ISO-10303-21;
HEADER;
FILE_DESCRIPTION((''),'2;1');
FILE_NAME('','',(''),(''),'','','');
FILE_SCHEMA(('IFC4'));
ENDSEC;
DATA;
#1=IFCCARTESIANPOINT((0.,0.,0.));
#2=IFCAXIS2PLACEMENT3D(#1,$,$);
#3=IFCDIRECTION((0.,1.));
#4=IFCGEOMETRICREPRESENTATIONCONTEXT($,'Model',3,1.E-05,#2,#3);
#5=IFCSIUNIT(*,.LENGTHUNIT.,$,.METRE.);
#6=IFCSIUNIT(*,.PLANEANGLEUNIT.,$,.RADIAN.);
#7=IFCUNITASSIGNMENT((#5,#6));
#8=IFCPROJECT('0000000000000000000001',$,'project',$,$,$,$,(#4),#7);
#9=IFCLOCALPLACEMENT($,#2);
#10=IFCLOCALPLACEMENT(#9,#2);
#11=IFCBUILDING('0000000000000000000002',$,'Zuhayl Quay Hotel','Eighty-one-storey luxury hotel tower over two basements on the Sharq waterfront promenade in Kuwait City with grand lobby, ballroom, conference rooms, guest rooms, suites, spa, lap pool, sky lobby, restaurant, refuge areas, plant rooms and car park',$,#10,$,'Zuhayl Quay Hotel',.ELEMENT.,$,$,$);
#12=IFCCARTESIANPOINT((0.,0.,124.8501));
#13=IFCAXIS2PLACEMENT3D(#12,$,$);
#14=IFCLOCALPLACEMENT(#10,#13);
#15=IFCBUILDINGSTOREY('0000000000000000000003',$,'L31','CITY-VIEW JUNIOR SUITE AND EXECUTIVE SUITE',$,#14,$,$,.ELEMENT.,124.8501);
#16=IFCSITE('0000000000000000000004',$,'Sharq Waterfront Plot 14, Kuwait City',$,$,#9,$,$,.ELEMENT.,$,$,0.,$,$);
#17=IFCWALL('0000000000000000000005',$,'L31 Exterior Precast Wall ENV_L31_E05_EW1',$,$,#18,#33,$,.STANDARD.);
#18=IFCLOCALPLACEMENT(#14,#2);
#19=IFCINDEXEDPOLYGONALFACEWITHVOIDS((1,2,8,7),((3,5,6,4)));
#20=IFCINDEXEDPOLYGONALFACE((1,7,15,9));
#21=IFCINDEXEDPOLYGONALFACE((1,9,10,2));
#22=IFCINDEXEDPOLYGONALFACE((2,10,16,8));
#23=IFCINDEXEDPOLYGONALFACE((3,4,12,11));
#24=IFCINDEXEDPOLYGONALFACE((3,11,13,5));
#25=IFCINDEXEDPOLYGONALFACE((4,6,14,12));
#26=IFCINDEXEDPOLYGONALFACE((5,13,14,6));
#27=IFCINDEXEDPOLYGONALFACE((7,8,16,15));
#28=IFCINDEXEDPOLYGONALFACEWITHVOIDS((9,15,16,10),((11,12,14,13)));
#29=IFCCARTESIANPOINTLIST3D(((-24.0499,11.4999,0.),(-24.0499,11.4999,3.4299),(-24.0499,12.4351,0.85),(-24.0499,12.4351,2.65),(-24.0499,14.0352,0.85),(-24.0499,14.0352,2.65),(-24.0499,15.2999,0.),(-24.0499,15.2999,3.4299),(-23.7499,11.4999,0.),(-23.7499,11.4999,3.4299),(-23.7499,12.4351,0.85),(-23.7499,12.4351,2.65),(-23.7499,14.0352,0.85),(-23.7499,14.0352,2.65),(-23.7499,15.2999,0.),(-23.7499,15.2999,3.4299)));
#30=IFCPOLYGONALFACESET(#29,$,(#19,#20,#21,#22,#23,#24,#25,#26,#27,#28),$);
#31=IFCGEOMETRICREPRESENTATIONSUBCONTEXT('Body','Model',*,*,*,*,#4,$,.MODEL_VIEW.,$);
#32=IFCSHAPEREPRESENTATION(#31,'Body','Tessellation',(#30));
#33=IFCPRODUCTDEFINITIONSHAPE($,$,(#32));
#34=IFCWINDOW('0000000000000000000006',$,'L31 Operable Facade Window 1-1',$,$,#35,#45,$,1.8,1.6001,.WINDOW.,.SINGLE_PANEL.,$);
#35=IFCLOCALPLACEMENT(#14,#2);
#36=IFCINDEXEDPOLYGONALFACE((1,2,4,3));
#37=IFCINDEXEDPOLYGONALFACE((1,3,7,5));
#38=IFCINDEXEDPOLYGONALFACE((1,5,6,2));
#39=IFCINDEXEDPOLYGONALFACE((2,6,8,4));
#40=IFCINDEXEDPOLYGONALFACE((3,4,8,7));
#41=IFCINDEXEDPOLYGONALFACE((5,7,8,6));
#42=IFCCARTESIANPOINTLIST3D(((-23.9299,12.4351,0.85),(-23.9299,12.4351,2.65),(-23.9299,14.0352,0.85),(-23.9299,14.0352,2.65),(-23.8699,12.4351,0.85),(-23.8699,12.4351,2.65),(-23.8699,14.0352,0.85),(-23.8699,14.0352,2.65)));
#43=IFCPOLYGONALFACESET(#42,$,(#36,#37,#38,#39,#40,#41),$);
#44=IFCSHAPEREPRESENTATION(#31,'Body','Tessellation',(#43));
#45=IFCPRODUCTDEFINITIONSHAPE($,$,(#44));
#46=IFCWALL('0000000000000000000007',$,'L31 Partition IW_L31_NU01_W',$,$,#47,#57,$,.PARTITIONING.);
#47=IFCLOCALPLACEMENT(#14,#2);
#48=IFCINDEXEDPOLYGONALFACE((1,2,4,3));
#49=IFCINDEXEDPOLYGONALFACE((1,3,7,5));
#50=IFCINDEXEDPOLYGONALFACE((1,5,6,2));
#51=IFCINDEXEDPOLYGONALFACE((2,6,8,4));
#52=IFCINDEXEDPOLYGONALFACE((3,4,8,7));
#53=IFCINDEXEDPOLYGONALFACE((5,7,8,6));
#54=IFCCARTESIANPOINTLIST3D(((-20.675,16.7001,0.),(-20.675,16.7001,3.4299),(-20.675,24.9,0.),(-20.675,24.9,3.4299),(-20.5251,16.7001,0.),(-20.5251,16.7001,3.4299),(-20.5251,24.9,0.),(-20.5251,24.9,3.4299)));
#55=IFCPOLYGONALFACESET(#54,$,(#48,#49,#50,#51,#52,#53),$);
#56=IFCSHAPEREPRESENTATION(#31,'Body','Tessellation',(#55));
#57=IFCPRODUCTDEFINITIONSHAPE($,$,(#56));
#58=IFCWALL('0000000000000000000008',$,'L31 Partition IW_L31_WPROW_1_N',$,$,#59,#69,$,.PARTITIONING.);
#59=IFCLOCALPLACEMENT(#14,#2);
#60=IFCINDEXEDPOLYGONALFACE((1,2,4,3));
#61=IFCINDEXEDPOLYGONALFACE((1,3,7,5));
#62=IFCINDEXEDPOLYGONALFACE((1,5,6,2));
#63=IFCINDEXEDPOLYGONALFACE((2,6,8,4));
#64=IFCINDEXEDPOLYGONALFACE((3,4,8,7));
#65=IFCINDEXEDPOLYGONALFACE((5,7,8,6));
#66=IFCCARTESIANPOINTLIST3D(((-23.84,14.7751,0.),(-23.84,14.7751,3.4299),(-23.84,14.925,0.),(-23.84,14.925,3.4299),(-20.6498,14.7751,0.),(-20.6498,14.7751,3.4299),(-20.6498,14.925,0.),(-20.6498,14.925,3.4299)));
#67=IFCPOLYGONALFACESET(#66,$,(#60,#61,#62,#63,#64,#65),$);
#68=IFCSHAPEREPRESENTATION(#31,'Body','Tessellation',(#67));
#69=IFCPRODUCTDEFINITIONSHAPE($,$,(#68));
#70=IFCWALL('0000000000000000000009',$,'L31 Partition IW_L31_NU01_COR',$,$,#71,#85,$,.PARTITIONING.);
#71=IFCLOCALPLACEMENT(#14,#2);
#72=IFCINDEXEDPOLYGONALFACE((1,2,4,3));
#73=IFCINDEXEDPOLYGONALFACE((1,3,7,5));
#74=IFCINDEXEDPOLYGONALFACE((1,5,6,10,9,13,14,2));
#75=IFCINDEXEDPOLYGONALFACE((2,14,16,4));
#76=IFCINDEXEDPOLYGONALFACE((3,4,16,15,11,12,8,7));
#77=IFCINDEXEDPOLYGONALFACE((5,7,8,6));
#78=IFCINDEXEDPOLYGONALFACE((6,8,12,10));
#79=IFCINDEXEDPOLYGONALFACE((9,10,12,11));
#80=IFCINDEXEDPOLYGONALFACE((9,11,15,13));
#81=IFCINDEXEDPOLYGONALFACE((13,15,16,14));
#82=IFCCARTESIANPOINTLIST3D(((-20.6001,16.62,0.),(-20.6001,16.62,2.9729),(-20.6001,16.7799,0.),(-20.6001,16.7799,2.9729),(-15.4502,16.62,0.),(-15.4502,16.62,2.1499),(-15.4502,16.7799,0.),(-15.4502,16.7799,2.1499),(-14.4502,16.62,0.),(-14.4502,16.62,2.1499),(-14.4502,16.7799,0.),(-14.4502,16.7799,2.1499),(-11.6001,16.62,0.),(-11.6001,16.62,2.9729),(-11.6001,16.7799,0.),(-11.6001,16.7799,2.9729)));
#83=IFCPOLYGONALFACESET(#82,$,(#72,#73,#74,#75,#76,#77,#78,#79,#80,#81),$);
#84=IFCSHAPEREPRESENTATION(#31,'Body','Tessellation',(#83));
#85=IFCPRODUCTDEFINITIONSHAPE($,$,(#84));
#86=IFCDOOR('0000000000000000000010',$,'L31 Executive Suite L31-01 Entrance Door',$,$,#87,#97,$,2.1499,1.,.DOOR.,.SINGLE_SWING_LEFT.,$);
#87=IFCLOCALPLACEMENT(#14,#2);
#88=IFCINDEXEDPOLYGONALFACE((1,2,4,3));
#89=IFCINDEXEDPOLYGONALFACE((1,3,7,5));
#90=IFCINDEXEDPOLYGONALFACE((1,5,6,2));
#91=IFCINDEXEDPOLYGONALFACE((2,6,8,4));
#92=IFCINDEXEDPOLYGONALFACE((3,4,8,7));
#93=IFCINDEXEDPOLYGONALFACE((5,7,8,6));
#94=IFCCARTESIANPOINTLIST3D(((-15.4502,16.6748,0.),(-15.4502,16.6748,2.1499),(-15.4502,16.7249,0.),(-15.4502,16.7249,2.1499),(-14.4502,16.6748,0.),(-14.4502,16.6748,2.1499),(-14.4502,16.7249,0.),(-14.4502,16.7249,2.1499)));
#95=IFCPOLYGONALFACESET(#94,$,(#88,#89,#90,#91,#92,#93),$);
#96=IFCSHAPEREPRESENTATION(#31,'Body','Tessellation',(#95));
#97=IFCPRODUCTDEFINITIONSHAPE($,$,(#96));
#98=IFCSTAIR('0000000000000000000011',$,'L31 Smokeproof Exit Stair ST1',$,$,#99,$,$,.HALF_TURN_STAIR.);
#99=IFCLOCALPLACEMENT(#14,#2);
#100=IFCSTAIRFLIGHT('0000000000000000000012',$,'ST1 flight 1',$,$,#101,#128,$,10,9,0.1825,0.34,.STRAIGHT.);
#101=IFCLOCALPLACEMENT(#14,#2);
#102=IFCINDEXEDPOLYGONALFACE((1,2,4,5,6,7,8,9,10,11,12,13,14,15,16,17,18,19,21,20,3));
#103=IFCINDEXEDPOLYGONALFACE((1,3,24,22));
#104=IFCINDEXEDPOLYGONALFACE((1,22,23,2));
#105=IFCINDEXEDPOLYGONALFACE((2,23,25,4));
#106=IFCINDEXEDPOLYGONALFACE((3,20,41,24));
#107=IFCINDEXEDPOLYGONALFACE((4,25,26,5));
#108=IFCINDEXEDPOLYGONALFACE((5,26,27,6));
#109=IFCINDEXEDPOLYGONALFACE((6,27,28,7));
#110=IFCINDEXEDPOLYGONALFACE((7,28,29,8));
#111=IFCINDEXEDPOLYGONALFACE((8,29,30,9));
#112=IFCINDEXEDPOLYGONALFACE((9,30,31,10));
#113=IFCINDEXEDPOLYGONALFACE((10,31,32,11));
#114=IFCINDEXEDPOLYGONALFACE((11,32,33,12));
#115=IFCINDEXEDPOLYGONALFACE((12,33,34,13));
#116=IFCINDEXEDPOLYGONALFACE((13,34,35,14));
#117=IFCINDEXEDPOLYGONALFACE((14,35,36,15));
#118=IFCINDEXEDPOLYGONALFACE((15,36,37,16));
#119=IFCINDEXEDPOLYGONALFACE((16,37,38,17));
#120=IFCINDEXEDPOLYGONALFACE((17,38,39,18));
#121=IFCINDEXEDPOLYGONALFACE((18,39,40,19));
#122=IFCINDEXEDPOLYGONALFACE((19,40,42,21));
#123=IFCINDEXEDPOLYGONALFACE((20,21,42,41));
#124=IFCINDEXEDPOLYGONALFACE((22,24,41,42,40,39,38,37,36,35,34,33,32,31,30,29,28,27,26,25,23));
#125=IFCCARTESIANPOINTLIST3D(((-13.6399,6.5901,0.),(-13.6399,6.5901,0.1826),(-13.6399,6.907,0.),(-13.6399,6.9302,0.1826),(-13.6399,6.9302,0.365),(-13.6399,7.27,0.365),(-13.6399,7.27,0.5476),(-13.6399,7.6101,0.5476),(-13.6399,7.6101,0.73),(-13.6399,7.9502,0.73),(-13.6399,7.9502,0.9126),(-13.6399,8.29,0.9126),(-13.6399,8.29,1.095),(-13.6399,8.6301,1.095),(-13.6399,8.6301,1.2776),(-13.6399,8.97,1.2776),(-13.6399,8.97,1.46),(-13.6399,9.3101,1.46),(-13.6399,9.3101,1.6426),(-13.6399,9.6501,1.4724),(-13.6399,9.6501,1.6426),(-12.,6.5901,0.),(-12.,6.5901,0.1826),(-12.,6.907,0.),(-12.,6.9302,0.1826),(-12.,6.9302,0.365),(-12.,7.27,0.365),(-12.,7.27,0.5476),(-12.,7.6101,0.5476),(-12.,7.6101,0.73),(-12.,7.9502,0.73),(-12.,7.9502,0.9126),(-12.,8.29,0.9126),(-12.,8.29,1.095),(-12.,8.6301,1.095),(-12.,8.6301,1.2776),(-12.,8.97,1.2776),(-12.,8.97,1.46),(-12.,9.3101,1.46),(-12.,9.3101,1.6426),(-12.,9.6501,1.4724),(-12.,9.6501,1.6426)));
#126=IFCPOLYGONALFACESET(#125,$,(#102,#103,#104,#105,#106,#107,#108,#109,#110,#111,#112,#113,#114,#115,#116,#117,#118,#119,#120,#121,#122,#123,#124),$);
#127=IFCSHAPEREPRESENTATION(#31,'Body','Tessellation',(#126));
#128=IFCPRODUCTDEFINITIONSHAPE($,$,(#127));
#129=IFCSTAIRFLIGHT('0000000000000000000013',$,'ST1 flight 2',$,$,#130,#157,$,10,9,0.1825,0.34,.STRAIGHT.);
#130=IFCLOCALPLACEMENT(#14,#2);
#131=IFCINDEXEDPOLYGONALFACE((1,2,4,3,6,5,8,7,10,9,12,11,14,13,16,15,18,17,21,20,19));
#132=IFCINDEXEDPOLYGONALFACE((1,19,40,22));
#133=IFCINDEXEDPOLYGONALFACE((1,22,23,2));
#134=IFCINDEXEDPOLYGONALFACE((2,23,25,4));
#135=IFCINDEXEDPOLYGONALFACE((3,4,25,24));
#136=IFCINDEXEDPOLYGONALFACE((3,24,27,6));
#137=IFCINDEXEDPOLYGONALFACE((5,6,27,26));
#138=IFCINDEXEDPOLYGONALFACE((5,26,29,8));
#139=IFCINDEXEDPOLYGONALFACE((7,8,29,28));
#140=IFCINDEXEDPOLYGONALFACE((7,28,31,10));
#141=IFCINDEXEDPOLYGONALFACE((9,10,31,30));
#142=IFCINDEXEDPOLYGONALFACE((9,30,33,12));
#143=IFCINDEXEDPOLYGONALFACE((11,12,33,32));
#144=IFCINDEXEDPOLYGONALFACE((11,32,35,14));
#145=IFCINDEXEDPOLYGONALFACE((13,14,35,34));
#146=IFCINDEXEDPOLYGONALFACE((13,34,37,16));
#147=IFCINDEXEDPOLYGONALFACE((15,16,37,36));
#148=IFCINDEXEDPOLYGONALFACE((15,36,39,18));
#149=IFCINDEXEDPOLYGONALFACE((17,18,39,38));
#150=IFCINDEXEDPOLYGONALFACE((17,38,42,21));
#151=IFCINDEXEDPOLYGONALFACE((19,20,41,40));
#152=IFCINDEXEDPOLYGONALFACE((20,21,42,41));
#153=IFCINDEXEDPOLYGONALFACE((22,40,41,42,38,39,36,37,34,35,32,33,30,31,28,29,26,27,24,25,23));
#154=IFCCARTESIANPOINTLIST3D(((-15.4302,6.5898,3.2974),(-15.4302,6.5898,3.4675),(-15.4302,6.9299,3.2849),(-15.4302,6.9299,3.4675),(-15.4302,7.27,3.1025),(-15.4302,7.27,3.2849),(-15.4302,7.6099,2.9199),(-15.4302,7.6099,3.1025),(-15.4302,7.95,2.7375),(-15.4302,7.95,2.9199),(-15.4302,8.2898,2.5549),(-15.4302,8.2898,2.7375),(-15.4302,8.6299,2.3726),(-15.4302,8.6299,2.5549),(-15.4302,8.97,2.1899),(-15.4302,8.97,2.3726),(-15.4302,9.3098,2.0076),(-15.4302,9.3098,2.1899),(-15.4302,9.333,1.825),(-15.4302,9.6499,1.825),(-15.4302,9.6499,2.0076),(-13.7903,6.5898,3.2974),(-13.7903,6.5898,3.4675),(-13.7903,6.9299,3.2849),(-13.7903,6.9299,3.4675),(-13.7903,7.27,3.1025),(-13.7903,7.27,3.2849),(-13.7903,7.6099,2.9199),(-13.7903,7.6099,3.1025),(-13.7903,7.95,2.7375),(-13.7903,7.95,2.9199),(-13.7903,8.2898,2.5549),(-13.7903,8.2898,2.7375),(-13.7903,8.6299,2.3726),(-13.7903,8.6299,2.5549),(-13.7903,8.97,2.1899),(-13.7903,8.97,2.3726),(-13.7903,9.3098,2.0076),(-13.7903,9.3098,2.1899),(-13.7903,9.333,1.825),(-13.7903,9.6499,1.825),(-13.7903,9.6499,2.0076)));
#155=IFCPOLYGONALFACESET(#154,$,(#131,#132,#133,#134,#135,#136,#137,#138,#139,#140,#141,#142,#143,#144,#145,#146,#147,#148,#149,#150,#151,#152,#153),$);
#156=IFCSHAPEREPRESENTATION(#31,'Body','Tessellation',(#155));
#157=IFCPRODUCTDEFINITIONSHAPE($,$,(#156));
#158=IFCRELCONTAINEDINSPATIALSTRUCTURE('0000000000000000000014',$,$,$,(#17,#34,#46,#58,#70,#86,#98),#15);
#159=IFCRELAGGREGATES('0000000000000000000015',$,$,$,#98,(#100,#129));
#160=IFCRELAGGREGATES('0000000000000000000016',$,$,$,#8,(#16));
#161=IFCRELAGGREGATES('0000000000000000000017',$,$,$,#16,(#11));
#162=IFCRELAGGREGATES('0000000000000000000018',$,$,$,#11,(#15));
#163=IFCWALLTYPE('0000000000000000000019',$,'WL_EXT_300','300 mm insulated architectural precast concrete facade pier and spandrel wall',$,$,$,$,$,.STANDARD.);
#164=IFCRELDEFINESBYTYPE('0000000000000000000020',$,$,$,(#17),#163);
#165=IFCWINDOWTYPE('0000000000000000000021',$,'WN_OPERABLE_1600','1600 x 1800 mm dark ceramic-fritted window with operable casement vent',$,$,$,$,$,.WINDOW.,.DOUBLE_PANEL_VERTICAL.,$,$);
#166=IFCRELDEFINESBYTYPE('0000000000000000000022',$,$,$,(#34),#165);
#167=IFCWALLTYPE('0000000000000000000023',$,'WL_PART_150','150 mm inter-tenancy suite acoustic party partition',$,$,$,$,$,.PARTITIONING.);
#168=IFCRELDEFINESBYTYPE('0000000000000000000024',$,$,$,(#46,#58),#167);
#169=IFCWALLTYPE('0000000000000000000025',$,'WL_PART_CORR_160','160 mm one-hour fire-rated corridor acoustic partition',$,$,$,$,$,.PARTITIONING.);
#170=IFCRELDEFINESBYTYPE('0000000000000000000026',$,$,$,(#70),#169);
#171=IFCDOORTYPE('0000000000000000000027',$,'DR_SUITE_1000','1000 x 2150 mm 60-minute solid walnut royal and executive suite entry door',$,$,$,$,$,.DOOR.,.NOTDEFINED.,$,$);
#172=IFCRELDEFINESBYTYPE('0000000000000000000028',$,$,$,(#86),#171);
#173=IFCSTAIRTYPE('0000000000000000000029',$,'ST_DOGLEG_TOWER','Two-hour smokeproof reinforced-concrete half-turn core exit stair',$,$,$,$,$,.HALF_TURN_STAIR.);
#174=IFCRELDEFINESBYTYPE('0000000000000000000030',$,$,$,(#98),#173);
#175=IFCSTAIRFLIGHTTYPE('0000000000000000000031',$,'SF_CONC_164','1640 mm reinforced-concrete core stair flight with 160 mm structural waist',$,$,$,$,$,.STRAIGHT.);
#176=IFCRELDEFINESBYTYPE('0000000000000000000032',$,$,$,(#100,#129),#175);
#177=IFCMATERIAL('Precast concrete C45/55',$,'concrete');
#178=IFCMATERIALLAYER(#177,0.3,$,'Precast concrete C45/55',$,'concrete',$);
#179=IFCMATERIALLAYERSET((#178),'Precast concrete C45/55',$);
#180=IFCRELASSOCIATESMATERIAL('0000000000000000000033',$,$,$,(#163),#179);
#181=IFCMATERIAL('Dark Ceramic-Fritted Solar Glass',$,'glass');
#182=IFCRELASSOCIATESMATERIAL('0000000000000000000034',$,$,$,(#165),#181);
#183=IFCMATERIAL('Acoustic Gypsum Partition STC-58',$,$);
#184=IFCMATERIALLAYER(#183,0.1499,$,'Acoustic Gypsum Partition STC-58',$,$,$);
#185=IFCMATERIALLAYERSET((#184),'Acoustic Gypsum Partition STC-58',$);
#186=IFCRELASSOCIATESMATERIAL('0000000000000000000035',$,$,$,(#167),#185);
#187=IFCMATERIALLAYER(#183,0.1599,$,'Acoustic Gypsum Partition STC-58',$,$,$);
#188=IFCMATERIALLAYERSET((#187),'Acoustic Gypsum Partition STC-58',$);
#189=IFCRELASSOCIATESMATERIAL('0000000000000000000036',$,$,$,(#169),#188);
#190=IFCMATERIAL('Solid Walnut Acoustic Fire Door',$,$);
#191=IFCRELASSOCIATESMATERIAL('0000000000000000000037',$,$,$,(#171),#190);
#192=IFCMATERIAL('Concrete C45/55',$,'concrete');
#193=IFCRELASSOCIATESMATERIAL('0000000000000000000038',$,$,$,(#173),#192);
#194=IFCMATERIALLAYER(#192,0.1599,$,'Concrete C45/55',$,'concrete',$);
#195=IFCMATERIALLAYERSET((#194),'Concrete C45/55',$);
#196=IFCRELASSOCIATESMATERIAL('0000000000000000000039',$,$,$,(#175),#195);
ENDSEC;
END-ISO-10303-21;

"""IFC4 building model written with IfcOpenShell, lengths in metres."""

from ifc_helpers import new_model, si_unit, direction, frame, frame_2d, origin, place, context, subcontext, project, spatial, polyline, rectangle, outline, extrude, material, layer, layer_set, type_object, element, fill, aggregate, save


model = new_model("IFC4")

# Units and contexts
model_context = context("Model", 3, precision=1e-05, world=origin(), true_north=direction((0.0, 1.0)))
body_context = subcontext(model_context, "Body", "Model", "MODEL_VIEW")
ifc_project = project(units=[si_unit("LENGTHUNIT", "METRE"), si_unit("PLANEANGLEUNIT", "RADIAN")], contexts=[model_context])

# Site, building, storey
site_placement = place(None, origin())
site = spatial("IfcSite", under=ifc_project, at=site_placement, Name="Sharq Waterfront Plot 14, Kuwait City", CompositionType="ELEMENT", RefElevation=0.0)
building_placement = place(site_placement, origin())
building = spatial("IfcBuilding", under=site, at=building_placement, Name="Zuhayl Quay Hotel", Description="Eighty-one-storey luxury hotel tower over two basements on the Sharq waterfront promenade in Kuwait City with grand lobby, ballroom, conference rooms, guest rooms, suites, spa, lap pool, sky lobby, restaurant, refuge areas, plant rooms and car park", LongName="Zuhayl Quay Hotel", CompositionType="ELEMENT")
storey_placement = place(building_placement, frame((0.0, 0.0, 124.8501)))
storey = spatial("IfcBuildingStorey", under=building, at=storey_placement, Name="L31", Description="CITY-VIEW JUNIOR SUITE AND EXECUTIVE SUITE", CompositionType="ELEMENT", Elevation=124.8501)

# Shared definitions
ifc_material_1 = material(Name="Precast concrete C45/55", Category="concrete")
ifc_layer_1 = layer(ifc_material_1, 0.3, Name="Precast concrete C45/55", Category="concrete")
ifc_layer_set_1 = layer_set([ifc_layer_1], Name="Precast concrete C45/55")
wall_type_1 = type_object("IfcWallType", Name="WL_EXT_300", Description="300 mm insulated architectural precast concrete facade pier and spandrel wall", PredefinedType="STANDARD", material=ifc_layer_set_1)

# Wall, opening, window
wall_1_placement = place(storey_placement, frame((-23.8999, 11.5, 0.0), z_axis=(0.0, 0.0, 1.0), x_axis=(0.0, 1.0, 0.0)))
wall_1 = element("IfcWall", 1, at=wall_1_placement, inside=storey, type_object=wall_type_1, Name="L31 Exterior Precast Wall ENV_L31_E05_EW1", PredefinedType="STANDARD", context=body_context, shape_type="SweptSolid", body=[
    extrude(rectangle(XDim=3.8, YDim=0.3, at=frame_2d((1.8999, 0.0))), origin(), (0.0, 0.0, 1.0), 3.4299),
])
opening_1_placement = place(wall_1_placement, frame((0.9351, 0.0, 0.8501)))
opening_1 = element("IfcOpeningElement", 2, at=opening_1_placement, cuts=wall_1, PredefinedType="OPENING", context=body_context, shape_type="SweptSolid", body=[
    extrude(rectangle(XDim=1.6001, YDim=1.8, at=frame_2d((0.8, 0.8999))), frame((0.0, 0.1599, 0.0), z_axis=(0.0, -1.0, 0.0), x_axis=(1.0, 0.0, 0.0)), (0.0, 0.0, 1.0), 0.3201),
])
ifc_material_2 = material(Name="Dark Ceramic-Fritted Solar Glass", Category="glass")
window_type = type_object("IfcWindowType", Name="WN_OPERABLE_1600", Description="1600 x 1800 mm dark ceramic-fritted window with operable casement vent", PartitioningType="DOUBLE_PANEL_VERTICAL", PredefinedType="WINDOW", material=ifc_material_2)
window_placement = place(opening_1_placement, origin())
window = element("IfcWindow", 3, at=window_placement, inside=storey, type_object=window_type, Name="L31 Operable Facade Window 1-1", OverallHeight=1.8, OverallWidth=1.6001, PartitioningType="SINGLE_PANEL", PredefinedType="WINDOW", context=body_context, shape_type="SweptSolid", body=[
    extrude(rectangle(XDim=1.6001, YDim=1.8, at=frame_2d((0.8, 0.8999))), frame((0.0, 0.03, 0.0), z_axis=(0.0, -1.0, 0.0), x_axis=(1.0, 0.0, 0.0)), (0.0, 0.0, 1.0), 0.0601),
])
fill(opening_1, window)

# Walls
ifc_material_3 = material(Name="Acoustic Gypsum Partition STC-58")
ifc_layer_2 = layer(ifc_material_3, 0.1499, Name="Acoustic Gypsum Partition STC-58")
ifc_layer_set_2 = layer_set([ifc_layer_2], Name="Acoustic Gypsum Partition STC-58")
wall_type_2 = type_object("IfcWallType", Name="WL_PART_150", Description="150 mm inter-tenancy suite acoustic party partition", PredefinedType="PARTITIONING", material=ifc_layer_set_2)
wall_2_placement = place(storey_placement, frame((-20.6001, 16.7, 0.0), z_axis=(0.0, 0.0, 1.0), x_axis=(0.0, 1.0, 0.0)))
element("IfcWall", 4, at=wall_2_placement, inside=storey, type_object=wall_type_2, Name="L31 Partition IW_L31_NU01_W", PredefinedType="PARTITIONING", context=body_context, shape_type="SweptSolid", body=[
    extrude(rectangle(XDim=8.2, YDim=0.1499, at=frame_2d((4.1001, 0.0))), origin(), (0.0, 0.0, 1.0), 3.4299),
])
wall_3_placement = place(storey_placement, frame((-23.8401, 14.8501, 0.0), z_axis=(0.0, 0.0, 1.0), x_axis=(1.0, 0.0, 0.0)))
element("IfcWall", 5, at=wall_3_placement, inside=storey, type_object=wall_type_2, Name="L31 Partition IW_L31_WPROW_1_N", PredefinedType="PARTITIONING", context=body_context, shape_type="SweptSolid", body=[
    extrude(rectangle(XDim=3.1902, YDim=0.1499, at=frame_2d((1.5952, 0.0))), origin(), (0.0, 0.0, 1.0), 3.4299),
])

# Wall, opening, door
ifc_layer_3 = layer(ifc_material_3, 0.1599, Name="Acoustic Gypsum Partition STC-58")
ifc_layer_set_3 = layer_set([ifc_layer_3], Name="Acoustic Gypsum Partition STC-58")
wall_type_3 = type_object("IfcWallType", Name="WL_PART_CORR_160", Description="160 mm one-hour fire-rated corridor acoustic partition", PredefinedType="PARTITIONING", material=ifc_layer_set_3)
wall_4_placement = place(storey_placement, frame((-20.6001, 16.7, 0.0), z_axis=(0.0, 0.0, 1.0), x_axis=(1.0, 0.0, 0.0)))
wall_4 = element("IfcWall", 6, at=wall_4_placement, inside=storey, type_object=wall_type_3, Name="L31 Partition IW_L31_NU01_COR", PredefinedType="PARTITIONING", context=body_context, shape_type="SweptSolid", body=[
    extrude(rectangle(XDim=9.0, YDim=0.1599, at=frame_2d((4.5, 0.0))), origin(), (0.0, 0.0, 1.0), 2.9729),
])
opening_2_placement = place(wall_4_placement, frame((5.1499, 0.0, 0.0)))
opening_2 = element("IfcOpeningElement", 7, at=opening_2_placement, cuts=wall_4, PredefinedType="OPENING", context=body_context, shape_type="SweptSolid", body=[
    extrude(rectangle(XDim=1.0, YDim=2.1499, at=frame_2d((0.5, 1.075))), frame((0.0, 0.0898, 0.0), z_axis=(0.0, -1.0, 0.0), x_axis=(1.0, 0.0, 0.0)), (0.0, 0.0, 1.0), 0.1799),
])
ifc_material_4 = material(Name="Solid Walnut Acoustic Fire Door")
door_type = type_object("IfcDoorType", Name="DR_SUITE_1000", Description="1000 x 2150 mm 60-minute solid walnut royal and executive suite entry door", OperationType="NOTDEFINED", PredefinedType="DOOR", material=ifc_material_4)
door_placement = place(opening_2_placement, origin())
door = element("IfcDoor", 8, at=door_placement, inside=storey, type_object=door_type, Name="L31 Executive Suite L31-01 Entrance Door", OperationType="SINGLE_SWING_LEFT", OverallHeight=2.1499, OverallWidth=1.0, PredefinedType="DOOR", context=body_context, shape_type="SweptSolid", body=[
    extrude(rectangle(XDim=1.0, YDim=2.1499, at=frame_2d((0.5, 1.075))), frame((0.0, 0.0249, 0.0), z_axis=(0.0, -1.0, 0.0), x_axis=(1.0, 0.0, 0.0)), (0.0, 0.0, 1.0), 0.05),
])
fill(opening_2, door)

# Stair, stair flights
ifc_material_5 = material(Name="Concrete C45/55", Category="concrete")
stair_type = type_object("IfcStairType", Name="ST_DOGLEG_TOWER", Description="Two-hour smokeproof reinforced-concrete half-turn core exit stair", PredefinedType="HALF_TURN_STAIR", material=ifc_material_5)
stair_placement = place(storey_placement, origin())
stair = element("IfcStair", 9, at=stair_placement, inside=storey, type_object=stair_type, Name="L31 Smokeproof Exit Stair ST1", PredefinedType="HALF_TURN_STAIR")
ifc_layer_4 = layer(ifc_material_5, 0.1599, Name="Concrete C45/55", Category="concrete")
ifc_layer_set_4 = layer_set([ifc_layer_4], Name="Concrete C45/55")
stair_flight_type = type_object("IfcStairFlightType", Name="SF_CONC_164", Description="1640 mm reinforced-concrete core stair flight with 160 mm structural waist", PredefinedType="STRAIGHT", material=ifc_layer_set_4)
stair_flight_1_placement = place(storey_placement, frame((-12.8201, 6.5901, 0.0), z_axis=(0.0, 0.0, 1.0), x_axis=(0.0, 1.0, 0.0)))
stair_flight_1 = element("IfcStairFlight", 10, at=stair_flight_1_placement, type_object=stair_flight_type, Name="ST1 flight 1", NumberOfRisers=10, NumberOfTreads=9, PredefinedType="STRAIGHT", RiserHeight=0.1825, TreadLength=0.34, context=body_context, shape_type="SweptSolid", body=[
    extrude(outline(polyline([(0.0, 0.0), (0.0, 0.1826), (0.3401, 0.1826), (0.3401, 0.365), (0.6799, 0.365), (0.6799, 0.5476), (1.02, 0.5476), (1.02, 0.73), (1.3601, 0.73), (1.3601, 0.9126), (1.7, 0.9126), (1.7, 1.095), (2.04, 1.095), (2.04, 1.2776), (2.3799, 1.2776), (2.3799, 1.46), (2.72, 1.46), (2.72, 1.6426), (3.0601, 1.6426), (3.0601, 1.825), (3.0601, 1.4724), (0.3169, 0.0), (0.0, 0.0)])), frame((0.0, 0.8198, 0.0), z_axis=(0.0, -1.0, 0.0), x_axis=(1.0, 0.0, 0.0)), (0.0, 0.0, 1.0), 1.6399),
])
stair_flight_2_placement = place(storey_placement, frame((-14.6101, 9.6499, 1.825), z_axis=(0.0, 0.0, 1.0), x_axis=(0.0, -1.0, 0.0)))
stair_flight_2 = element("IfcStairFlight", 11, at=stair_flight_2_placement, type_object=stair_flight_type, Name="ST1 flight 2", NumberOfRisers=10, NumberOfTreads=9, PredefinedType="STRAIGHT", RiserHeight=0.1825, TreadLength=0.34, context=body_context, shape_type="SweptSolid", body=[
    extrude(outline(polyline([(0.0, 0.0), (0.0, 0.1826), (0.3401, 0.1826), (0.3401, 0.365), (0.6799, 0.365), (0.6799, 0.5476), (1.02, 0.5476), (1.02, 0.73), (1.3601, 0.73), (1.3601, 0.9126), (1.7, 0.9126), (1.7, 1.095), (2.04, 1.095), (2.04, 1.2776), (2.3799, 1.2776), (2.3799, 1.46), (2.72, 1.46), (2.72, 1.6426), (3.0601, 1.6426), (3.0601, 1.825), (3.0601, 1.4724), (0.3169, 0.0), (0.0, 0.0)])), frame((0.0, 0.8198, 0.0), z_axis=(0.0, -1.0, 0.0), x_axis=(1.0, 0.0, 0.0)), (0.0, 0.0, 1.0), 1.6399),
])
aggregate(stair, [stair_flight_1, stair_flight_2])

save(model, "model.ifc")
